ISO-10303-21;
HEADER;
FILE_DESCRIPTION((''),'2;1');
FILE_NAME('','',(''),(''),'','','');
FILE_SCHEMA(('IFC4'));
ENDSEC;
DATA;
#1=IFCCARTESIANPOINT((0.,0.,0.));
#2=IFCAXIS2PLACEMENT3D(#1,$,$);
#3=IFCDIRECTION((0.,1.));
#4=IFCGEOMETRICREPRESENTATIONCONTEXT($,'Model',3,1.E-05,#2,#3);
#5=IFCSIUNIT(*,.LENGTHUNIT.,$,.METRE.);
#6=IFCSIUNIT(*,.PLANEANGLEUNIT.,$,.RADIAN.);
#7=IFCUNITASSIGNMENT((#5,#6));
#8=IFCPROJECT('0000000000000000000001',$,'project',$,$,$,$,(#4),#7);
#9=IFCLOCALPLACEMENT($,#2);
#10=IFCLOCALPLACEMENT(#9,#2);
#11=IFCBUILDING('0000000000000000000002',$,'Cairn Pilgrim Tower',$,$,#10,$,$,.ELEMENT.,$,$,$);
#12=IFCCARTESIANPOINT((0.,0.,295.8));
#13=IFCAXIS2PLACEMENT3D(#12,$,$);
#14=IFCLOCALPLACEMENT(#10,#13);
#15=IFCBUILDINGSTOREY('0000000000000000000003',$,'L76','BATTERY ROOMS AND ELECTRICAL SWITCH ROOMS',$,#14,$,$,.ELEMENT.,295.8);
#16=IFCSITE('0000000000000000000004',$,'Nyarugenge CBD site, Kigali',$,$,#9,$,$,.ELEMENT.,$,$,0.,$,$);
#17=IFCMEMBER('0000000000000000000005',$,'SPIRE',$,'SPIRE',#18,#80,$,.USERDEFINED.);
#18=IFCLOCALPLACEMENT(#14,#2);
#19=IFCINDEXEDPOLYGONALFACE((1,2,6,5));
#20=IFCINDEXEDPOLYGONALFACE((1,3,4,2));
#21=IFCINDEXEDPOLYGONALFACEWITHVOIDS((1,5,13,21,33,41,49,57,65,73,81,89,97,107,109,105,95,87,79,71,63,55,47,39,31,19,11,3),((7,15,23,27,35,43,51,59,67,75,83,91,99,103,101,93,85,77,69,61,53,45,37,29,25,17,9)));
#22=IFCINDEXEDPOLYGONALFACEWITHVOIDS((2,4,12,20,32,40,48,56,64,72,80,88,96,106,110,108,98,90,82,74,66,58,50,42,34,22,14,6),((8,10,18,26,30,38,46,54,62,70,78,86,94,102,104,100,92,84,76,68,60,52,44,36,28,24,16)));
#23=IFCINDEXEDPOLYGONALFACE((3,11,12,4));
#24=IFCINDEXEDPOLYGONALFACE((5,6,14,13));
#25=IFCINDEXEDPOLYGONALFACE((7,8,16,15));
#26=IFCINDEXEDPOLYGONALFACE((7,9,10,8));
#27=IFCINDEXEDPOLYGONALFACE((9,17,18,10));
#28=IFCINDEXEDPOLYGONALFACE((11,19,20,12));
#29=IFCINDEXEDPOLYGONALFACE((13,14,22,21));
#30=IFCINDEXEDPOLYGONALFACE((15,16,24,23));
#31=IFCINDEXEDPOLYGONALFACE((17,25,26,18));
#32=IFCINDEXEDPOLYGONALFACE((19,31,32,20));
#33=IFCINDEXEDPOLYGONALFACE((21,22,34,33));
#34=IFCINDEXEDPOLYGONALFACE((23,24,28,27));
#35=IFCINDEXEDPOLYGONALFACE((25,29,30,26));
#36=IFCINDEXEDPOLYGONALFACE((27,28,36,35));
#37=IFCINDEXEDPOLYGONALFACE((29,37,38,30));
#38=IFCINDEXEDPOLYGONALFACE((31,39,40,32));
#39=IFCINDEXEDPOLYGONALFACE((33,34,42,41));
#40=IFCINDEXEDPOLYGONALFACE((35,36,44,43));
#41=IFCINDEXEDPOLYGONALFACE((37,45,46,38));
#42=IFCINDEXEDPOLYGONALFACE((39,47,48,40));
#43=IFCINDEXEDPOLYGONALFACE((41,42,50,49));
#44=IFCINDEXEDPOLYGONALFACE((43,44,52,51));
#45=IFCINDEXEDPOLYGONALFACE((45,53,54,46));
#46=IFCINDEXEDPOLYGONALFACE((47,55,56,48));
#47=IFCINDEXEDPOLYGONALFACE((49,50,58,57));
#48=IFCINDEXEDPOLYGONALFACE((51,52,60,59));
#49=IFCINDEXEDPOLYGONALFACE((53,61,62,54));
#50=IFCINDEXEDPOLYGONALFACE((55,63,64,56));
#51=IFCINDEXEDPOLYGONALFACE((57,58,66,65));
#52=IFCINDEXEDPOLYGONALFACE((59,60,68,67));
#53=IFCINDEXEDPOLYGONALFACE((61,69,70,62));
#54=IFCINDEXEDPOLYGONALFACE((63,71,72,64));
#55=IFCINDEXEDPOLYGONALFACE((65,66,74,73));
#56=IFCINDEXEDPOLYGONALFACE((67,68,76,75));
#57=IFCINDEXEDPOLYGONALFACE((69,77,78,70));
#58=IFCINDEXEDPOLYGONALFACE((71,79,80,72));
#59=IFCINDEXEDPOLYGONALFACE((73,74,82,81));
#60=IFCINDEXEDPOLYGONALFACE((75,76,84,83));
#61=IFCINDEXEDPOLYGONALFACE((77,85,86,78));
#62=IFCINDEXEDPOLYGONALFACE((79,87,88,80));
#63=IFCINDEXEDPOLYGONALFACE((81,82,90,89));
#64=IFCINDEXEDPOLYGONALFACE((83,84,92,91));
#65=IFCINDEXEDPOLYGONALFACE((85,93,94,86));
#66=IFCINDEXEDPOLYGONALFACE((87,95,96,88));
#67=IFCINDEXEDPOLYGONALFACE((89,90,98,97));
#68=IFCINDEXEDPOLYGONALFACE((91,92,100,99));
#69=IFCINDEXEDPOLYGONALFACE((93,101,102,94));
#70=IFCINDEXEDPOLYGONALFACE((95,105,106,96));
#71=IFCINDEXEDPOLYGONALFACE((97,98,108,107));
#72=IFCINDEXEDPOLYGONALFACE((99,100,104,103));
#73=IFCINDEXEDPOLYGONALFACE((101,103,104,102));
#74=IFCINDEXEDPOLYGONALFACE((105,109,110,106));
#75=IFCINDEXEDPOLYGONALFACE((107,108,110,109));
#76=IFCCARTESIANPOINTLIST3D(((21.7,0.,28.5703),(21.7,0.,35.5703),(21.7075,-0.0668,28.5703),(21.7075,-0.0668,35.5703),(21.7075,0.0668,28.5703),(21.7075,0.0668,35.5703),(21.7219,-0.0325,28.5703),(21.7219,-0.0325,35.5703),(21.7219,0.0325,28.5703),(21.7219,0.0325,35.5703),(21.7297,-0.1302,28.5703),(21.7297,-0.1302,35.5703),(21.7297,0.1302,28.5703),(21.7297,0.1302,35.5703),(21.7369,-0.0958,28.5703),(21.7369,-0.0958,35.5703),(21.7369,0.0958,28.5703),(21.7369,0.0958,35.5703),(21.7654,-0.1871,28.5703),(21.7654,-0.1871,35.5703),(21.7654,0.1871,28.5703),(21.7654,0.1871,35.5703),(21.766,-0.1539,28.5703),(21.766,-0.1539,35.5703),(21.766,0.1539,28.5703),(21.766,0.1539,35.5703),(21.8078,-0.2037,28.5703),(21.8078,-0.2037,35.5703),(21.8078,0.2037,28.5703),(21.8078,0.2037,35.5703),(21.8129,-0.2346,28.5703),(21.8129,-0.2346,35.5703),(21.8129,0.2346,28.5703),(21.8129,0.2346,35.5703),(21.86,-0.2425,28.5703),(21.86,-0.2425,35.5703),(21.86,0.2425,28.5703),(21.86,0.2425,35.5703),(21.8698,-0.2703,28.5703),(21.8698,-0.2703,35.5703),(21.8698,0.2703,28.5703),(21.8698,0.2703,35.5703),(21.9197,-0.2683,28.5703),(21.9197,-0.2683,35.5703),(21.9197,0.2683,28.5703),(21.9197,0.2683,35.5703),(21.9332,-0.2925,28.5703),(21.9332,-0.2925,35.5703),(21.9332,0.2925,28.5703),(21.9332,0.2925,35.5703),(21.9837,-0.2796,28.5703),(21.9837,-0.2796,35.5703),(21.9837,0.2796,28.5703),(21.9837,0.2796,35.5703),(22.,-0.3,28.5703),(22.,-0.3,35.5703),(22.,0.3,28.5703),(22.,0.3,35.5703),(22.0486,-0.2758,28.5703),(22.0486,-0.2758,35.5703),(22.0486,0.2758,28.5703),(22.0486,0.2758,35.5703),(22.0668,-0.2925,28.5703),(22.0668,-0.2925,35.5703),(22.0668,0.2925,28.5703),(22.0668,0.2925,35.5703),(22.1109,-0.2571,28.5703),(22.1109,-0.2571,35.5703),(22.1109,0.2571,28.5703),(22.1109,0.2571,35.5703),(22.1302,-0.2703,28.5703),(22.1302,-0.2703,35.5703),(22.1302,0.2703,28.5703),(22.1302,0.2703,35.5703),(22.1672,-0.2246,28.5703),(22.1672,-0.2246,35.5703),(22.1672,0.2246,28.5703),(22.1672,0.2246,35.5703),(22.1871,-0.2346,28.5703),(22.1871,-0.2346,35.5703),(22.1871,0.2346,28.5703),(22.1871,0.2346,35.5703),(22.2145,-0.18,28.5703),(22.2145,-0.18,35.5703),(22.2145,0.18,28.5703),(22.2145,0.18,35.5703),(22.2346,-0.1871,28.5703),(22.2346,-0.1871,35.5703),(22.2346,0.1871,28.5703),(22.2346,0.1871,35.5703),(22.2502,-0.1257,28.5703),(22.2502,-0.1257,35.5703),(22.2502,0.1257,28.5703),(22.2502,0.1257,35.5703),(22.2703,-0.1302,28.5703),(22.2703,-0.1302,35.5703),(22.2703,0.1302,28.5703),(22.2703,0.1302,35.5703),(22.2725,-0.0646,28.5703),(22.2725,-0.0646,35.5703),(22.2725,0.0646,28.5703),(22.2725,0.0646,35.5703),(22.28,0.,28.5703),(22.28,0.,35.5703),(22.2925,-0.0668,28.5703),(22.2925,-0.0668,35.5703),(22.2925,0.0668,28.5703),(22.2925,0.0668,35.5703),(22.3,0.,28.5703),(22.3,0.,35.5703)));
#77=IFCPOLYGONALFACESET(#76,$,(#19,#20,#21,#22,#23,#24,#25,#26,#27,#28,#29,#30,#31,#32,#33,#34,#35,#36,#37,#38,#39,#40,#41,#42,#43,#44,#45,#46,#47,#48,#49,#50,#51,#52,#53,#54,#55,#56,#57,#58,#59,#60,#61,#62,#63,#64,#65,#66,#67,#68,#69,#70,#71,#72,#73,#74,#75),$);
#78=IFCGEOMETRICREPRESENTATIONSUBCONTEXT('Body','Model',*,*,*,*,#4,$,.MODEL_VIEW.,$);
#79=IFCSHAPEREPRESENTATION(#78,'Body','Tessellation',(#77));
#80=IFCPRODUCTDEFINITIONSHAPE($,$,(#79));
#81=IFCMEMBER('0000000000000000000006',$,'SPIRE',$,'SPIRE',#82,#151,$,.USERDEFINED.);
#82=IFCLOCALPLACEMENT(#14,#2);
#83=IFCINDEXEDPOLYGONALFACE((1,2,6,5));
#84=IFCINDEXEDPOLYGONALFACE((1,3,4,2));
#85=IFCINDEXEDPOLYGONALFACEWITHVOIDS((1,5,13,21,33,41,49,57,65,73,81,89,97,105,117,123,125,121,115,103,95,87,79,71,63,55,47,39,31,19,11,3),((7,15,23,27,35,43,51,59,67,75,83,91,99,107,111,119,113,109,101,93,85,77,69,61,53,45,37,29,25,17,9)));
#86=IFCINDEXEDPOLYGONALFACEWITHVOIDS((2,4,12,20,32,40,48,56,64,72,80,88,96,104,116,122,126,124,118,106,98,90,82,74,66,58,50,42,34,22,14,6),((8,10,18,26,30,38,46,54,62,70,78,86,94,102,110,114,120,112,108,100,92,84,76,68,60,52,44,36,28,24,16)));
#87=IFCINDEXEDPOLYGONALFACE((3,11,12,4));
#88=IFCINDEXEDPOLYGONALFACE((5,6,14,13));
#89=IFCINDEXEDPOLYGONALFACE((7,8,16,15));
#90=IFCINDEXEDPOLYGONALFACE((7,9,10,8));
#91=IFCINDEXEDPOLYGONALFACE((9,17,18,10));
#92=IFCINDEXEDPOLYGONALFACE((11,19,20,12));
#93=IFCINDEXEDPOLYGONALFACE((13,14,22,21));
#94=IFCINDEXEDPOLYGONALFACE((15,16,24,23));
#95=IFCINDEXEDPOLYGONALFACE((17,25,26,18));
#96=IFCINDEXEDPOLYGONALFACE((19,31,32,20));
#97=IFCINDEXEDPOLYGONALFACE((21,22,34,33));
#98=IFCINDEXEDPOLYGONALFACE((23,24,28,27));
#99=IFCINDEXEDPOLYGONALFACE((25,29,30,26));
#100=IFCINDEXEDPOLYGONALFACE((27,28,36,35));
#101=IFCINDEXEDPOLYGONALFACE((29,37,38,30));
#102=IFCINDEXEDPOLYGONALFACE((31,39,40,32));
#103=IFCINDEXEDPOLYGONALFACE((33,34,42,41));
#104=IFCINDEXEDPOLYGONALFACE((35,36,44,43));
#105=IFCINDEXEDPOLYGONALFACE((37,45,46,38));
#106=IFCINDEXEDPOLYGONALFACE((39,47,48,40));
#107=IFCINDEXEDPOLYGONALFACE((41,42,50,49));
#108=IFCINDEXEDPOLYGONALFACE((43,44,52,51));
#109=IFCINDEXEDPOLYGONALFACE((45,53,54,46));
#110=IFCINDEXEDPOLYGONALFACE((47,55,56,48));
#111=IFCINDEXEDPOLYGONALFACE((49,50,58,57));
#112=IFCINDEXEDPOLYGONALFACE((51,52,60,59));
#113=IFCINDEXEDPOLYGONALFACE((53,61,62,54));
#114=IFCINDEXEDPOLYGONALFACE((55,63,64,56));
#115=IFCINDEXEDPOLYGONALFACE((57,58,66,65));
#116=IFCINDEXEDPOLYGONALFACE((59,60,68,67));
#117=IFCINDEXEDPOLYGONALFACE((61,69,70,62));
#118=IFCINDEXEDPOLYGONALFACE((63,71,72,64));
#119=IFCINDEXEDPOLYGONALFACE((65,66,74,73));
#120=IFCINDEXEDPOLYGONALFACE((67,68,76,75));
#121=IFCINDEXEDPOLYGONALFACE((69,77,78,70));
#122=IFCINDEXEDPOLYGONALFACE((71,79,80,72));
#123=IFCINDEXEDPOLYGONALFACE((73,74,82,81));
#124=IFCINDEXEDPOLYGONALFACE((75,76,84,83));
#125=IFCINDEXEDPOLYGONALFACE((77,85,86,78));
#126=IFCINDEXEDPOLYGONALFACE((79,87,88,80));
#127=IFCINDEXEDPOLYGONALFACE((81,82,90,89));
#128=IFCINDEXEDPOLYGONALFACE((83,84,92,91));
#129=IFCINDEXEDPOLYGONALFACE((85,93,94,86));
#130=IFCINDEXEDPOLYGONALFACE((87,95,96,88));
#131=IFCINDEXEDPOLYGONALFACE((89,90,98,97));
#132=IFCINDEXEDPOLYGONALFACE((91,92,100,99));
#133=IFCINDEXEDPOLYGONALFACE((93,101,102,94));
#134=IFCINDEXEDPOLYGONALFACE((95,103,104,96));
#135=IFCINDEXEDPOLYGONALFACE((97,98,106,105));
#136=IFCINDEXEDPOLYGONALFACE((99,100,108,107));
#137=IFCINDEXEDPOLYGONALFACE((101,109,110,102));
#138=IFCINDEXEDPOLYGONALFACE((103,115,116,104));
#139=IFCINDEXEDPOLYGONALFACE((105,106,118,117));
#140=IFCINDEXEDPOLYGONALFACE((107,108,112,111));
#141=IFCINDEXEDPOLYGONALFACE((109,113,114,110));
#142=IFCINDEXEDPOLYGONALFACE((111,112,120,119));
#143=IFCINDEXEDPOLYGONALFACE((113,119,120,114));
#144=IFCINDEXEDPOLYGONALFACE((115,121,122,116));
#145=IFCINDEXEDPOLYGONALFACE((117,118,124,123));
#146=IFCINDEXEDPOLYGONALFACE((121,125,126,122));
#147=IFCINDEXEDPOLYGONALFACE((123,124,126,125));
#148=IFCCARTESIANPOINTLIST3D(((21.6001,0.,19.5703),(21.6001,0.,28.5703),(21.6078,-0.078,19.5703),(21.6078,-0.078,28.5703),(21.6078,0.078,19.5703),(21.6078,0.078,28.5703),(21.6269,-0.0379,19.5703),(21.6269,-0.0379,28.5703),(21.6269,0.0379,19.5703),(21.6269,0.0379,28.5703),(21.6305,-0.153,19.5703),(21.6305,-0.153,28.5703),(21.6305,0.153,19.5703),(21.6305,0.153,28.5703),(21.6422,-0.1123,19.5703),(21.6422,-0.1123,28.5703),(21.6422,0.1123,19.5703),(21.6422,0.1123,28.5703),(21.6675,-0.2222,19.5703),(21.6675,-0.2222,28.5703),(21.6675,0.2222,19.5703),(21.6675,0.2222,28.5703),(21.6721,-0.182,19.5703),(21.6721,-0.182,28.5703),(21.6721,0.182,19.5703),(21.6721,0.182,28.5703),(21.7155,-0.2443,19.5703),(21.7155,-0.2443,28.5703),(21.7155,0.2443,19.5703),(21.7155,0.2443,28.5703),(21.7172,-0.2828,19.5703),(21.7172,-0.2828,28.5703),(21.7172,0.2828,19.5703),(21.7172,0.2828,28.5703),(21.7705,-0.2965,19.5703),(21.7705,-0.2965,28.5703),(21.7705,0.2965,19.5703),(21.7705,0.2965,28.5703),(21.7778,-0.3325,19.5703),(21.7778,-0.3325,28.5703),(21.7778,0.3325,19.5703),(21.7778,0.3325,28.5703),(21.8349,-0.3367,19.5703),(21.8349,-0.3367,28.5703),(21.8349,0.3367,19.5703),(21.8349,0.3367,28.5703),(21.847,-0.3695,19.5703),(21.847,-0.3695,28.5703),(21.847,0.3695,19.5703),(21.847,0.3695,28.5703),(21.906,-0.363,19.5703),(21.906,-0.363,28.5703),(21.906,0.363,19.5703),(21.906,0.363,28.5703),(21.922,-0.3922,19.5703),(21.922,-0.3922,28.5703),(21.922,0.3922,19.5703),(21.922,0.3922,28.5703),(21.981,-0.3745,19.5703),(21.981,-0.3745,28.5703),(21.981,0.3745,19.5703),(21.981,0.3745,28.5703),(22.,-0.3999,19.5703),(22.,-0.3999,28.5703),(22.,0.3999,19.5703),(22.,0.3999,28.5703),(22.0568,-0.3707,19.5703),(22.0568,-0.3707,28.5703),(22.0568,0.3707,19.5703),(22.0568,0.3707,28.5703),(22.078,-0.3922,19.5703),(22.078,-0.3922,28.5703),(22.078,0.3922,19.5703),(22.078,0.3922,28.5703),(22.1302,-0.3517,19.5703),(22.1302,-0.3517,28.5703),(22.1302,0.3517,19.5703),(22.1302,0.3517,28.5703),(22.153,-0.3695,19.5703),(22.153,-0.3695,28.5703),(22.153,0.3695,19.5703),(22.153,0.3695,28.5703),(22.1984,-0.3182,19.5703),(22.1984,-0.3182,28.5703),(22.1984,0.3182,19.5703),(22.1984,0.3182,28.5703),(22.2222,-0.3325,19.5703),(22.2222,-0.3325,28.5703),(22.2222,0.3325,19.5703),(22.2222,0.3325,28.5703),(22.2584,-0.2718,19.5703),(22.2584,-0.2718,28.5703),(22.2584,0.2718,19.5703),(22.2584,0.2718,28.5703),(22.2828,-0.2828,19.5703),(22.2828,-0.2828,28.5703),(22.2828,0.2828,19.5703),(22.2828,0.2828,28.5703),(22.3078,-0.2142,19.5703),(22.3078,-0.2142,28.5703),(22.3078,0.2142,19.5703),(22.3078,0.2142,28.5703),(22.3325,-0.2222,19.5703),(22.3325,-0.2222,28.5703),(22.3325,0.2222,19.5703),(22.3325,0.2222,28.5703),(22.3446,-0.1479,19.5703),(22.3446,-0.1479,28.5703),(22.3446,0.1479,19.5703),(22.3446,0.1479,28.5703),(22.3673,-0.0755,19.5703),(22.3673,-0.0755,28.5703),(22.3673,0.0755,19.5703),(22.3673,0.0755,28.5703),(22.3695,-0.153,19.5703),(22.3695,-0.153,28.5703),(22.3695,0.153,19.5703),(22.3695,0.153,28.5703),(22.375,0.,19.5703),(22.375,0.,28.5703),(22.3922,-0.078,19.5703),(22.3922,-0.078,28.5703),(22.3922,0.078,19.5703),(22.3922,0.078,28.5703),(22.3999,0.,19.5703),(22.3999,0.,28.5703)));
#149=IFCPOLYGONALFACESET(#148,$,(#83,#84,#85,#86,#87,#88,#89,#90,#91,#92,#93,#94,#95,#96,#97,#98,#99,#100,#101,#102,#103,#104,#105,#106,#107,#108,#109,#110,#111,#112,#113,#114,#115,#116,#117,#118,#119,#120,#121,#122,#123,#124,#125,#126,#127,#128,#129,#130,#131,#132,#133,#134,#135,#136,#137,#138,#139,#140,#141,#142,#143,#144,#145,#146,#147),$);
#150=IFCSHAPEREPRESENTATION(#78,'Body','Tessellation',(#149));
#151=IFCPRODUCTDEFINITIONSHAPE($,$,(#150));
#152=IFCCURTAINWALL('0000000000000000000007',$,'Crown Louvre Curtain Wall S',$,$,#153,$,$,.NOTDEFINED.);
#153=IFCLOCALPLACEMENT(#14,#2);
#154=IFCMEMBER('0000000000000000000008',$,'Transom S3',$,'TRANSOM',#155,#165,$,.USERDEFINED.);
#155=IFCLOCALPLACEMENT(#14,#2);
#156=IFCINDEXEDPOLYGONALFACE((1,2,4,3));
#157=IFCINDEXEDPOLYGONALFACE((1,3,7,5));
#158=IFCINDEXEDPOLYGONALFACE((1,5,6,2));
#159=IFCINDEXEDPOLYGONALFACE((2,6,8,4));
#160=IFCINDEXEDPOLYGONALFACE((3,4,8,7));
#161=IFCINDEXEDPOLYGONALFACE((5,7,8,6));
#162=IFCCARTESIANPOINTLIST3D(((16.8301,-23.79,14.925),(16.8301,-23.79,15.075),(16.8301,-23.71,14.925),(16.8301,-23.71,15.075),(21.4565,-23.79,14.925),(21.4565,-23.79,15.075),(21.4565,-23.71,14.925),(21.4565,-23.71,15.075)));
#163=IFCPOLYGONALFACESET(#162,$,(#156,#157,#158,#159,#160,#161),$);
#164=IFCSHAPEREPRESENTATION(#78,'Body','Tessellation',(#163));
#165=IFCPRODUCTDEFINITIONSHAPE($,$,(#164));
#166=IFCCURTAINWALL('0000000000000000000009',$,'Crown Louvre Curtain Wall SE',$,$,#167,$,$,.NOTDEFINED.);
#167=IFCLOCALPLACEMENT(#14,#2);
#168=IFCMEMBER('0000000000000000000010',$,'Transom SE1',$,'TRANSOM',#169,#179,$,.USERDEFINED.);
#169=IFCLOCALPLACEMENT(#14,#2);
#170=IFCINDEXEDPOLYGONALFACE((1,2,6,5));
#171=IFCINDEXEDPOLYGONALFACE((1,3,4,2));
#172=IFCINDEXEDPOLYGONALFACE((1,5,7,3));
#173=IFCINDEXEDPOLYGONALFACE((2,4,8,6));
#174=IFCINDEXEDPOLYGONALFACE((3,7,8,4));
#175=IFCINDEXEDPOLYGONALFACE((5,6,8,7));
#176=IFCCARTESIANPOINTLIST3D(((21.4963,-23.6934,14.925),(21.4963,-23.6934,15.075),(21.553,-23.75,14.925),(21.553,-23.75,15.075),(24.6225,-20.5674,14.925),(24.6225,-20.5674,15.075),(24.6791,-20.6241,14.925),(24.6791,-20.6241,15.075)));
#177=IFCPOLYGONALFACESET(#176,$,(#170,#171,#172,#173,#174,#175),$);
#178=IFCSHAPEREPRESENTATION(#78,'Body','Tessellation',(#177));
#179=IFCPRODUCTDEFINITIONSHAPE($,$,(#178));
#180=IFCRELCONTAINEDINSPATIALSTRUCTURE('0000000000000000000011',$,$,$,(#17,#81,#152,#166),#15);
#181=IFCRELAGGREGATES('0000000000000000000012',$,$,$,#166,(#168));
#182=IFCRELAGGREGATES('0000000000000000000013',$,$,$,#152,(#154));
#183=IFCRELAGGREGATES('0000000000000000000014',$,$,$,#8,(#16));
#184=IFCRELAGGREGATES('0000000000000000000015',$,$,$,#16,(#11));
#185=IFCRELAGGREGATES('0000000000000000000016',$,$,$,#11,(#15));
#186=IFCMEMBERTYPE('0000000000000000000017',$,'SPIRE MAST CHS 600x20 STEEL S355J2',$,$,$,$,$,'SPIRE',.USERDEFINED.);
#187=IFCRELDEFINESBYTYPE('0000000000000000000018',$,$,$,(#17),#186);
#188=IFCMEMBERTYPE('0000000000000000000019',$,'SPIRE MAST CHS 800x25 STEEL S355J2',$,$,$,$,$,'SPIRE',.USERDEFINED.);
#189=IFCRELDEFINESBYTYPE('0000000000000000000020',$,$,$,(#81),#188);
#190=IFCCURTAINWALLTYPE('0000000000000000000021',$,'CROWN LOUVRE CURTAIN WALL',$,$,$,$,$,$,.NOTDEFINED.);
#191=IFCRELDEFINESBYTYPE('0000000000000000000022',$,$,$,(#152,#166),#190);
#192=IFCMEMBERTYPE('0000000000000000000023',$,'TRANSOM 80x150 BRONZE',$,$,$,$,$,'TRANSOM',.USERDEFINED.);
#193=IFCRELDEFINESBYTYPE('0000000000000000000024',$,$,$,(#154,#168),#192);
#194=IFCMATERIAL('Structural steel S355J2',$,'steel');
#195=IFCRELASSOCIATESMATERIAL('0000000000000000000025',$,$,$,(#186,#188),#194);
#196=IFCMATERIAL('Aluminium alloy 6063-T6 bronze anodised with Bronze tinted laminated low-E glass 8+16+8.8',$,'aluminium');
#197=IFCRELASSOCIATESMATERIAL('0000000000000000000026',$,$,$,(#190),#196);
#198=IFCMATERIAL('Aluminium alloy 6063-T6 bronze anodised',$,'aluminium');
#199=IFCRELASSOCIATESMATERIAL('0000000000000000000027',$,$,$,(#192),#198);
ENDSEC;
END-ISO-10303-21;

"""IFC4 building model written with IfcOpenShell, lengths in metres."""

from ifc_helpers import new_model, si_unit, direction, frame, origin, origin_2d, place, context, subcontext, project, spatial, rectangle, hollow_circle, extrude, material, material_profile, profile_set, type_object, element, aggregate, save


model = new_model("IFC4")

# Units and contexts
model_context = context("Model", 3, precision=1e-05, world=origin(), true_north=direction((0.0, 1.0)))
body_context = subcontext(model_context, "Body", "Model", "MODEL_VIEW")
ifc_project = project(units=[si_unit("LENGTHUNIT", "METRE"), si_unit("PLANEANGLEUNIT", "RADIAN")], contexts=[model_context])

# Site, building, storey
site_placement = place(None, origin())
site = spatial("IfcSite", under=ifc_project, at=site_placement, Name="Nyarugenge CBD site, Kigali", CompositionType="ELEMENT", RefElevation=0.0)
building_placement = place(site_placement, origin())
building = spatial("IfcBuilding", under=site, at=building_placement, Name="Cairn Pilgrim Tower", CompositionType="ELEMENT")
storey_placement = place(building_placement, frame((0.0, 0.0, 295.8)))
storey = spatial("IfcBuildingStorey", under=building, at=storey_placement, Name="L76", Description="BATTERY ROOMS AND ELECTRICAL SWITCH ROOMS", CompositionType="ELEMENT", Elevation=295.8)

# Shared definitions
ifc_material_1 = material(Name="Structural steel S355J2", Category="steel")

# Members
ifc_material_2 = material(Name="Aluminium alloy 6063-T6 bronze anodised", Category="aluminium")
ifc_material_profile_1 = material_profile(ifc_material_1, hollow_circle(Radius=0.3, WallThickness=0.02, at=origin_2d()), Name="SPIRE MAST CHS 600x20 STEEL S355J2")
ifc_profile_set_1 = profile_set([ifc_material_profile_1], Name="Structural steel S355J2")
member_type_1 = type_object("IfcMemberType", Name="SPIRE MAST CHS 600x20 STEEL S355J2", ElementType="SPIRE", PredefinedType="USERDEFINED", material=ifc_profile_set_1)
member_1_placement = place(storey_placement, frame((22.0, 0.0, 28.5703), z_axis=(0.0, 0.0, 1.0), x_axis=(1.0, 0.0, 0.0)))
element("IfcMember", 1, at=member_1_placement, inside=storey, type_object=member_type_1, Name="SPIRE", ObjectType="SPIRE", PredefinedType="USERDEFINED", context=body_context, shape_type="SweptSolid", body=[
    extrude(hollow_circle(Radius=0.3, WallThickness=0.02, at=origin_2d()), origin(), (0.0, 0.0, 1.0), 7.0),
])
ifc_material_profile_2 = material_profile(ifc_material_1, hollow_circle(Radius=0.3999, WallThickness=0.0249, at=origin_2d()), Name="SPIRE MAST CHS 800x25 STEEL S355J2")
ifc_profile_set_2 = profile_set([ifc_material_profile_2], Name="Structural steel S355J2")
member_type_2 = type_object("IfcMemberType", Name="SPIRE MAST CHS 800x25 STEEL S355J2", ElementType="SPIRE", PredefinedType="USERDEFINED", material=ifc_profile_set_2)
member_2_placement = place(storey_placement, frame((22.0, 0.0, 19.5703), z_axis=(0.0, 0.0, 1.0), x_axis=(1.0, 0.0, 0.0)))
element("IfcMember", 2, at=member_2_placement, inside=storey, type_object=member_type_2, Name="SPIRE", ObjectType="SPIRE", PredefinedType="USERDEFINED", context=body_context, shape_type="SweptSolid", body=[
    extrude(hollow_circle(Radius=0.3999, WallThickness=0.0249, at=origin_2d()), origin(), (0.0, 0.0, 1.0), 9.0),
])

# Curtain walls, members
ifc_material_3 = material(Name="Aluminium alloy 6063-T6 bronze anodised with Bronze tinted laminated low-E glass 8+16+8.8", Category="aluminium")
curtain_wall_type = type_object("IfcCurtainWallType", Name="CROWN LOUVRE CURTAIN WALL", PredefinedType="NOTDEFINED", material=ifc_material_3)
curtain_wall_1_placement = place(storey_placement, origin())
curtain_wall_1 = element("IfcCurtainWall", 3, at=curtain_wall_1_placement, inside=storey, type_object=curtain_wall_type, Name="Crown Louvre Curtain Wall S", PredefinedType="NOTDEFINED")
ifc_material_profile_3 = material_profile(ifc_material_2, rectangle(XDim=0.0801, YDim=0.1499, at=origin_2d()), Name="TRANSOM 80x150 BRONZE")
ifc_profile_set_3 = profile_set([ifc_material_profile_3], Name="Aluminium alloy 6063-T6 bronze anodised")
member_type_3 = type_object("IfcMemberType", Name="TRANSOM 80x150 BRONZE", ElementType="TRANSOM", PredefinedType="USERDEFINED", material=ifc_profile_set_3)
member_3_placement = place(storey_placement, frame((16.8301, -23.75, 15.0), z_axis=(1.0, 0.0, 0.0), x_axis=(0.0, 1.0, 0.0)))
member_3 = element("IfcMember", 4, at=member_3_placement, type_object=member_type_3, Name="Transom S3", ObjectType="TRANSOM", PredefinedType="USERDEFINED", context=body_context, shape_type="SweptSolid", body=[
    extrude(rectangle(XDim=0.0801, YDim=0.1499, at=origin_2d()), origin(), (0.0, 0.0, 1.0), 4.6265),
])
curtain_wall_2_placement = place(storey_placement, origin())
curtain_wall_2 = element("IfcCurtainWall", 5, at=curtain_wall_2_placement, inside=storey, type_object=curtain_wall_type, Name="Crown Louvre Curtain Wall SE", PredefinedType="NOTDEFINED")
member_4_placement = place(storey_placement, frame((21.5247, -23.7217, 15.0), z_axis=(0.707134, 0.707079, 0.0), x_axis=(-0.707079, 0.707134, 0.0)))
member_4 = element("IfcMember", 6, at=member_4_placement, type_object=member_type_3, Name="Transom SE1", ObjectType="TRANSOM", PredefinedType="USERDEFINED", context=body_context, shape_type="SweptSolid", body=[
    extrude(rectangle(XDim=0.0801, YDim=0.1499, at=origin_2d()), origin(), (0.0, 0.0, 1.0), 4.4209),
])

aggregate(curtain_wall_2, [member_4])
aggregate(curtain_wall_1, [member_3])

save(model, "model.ifc")
